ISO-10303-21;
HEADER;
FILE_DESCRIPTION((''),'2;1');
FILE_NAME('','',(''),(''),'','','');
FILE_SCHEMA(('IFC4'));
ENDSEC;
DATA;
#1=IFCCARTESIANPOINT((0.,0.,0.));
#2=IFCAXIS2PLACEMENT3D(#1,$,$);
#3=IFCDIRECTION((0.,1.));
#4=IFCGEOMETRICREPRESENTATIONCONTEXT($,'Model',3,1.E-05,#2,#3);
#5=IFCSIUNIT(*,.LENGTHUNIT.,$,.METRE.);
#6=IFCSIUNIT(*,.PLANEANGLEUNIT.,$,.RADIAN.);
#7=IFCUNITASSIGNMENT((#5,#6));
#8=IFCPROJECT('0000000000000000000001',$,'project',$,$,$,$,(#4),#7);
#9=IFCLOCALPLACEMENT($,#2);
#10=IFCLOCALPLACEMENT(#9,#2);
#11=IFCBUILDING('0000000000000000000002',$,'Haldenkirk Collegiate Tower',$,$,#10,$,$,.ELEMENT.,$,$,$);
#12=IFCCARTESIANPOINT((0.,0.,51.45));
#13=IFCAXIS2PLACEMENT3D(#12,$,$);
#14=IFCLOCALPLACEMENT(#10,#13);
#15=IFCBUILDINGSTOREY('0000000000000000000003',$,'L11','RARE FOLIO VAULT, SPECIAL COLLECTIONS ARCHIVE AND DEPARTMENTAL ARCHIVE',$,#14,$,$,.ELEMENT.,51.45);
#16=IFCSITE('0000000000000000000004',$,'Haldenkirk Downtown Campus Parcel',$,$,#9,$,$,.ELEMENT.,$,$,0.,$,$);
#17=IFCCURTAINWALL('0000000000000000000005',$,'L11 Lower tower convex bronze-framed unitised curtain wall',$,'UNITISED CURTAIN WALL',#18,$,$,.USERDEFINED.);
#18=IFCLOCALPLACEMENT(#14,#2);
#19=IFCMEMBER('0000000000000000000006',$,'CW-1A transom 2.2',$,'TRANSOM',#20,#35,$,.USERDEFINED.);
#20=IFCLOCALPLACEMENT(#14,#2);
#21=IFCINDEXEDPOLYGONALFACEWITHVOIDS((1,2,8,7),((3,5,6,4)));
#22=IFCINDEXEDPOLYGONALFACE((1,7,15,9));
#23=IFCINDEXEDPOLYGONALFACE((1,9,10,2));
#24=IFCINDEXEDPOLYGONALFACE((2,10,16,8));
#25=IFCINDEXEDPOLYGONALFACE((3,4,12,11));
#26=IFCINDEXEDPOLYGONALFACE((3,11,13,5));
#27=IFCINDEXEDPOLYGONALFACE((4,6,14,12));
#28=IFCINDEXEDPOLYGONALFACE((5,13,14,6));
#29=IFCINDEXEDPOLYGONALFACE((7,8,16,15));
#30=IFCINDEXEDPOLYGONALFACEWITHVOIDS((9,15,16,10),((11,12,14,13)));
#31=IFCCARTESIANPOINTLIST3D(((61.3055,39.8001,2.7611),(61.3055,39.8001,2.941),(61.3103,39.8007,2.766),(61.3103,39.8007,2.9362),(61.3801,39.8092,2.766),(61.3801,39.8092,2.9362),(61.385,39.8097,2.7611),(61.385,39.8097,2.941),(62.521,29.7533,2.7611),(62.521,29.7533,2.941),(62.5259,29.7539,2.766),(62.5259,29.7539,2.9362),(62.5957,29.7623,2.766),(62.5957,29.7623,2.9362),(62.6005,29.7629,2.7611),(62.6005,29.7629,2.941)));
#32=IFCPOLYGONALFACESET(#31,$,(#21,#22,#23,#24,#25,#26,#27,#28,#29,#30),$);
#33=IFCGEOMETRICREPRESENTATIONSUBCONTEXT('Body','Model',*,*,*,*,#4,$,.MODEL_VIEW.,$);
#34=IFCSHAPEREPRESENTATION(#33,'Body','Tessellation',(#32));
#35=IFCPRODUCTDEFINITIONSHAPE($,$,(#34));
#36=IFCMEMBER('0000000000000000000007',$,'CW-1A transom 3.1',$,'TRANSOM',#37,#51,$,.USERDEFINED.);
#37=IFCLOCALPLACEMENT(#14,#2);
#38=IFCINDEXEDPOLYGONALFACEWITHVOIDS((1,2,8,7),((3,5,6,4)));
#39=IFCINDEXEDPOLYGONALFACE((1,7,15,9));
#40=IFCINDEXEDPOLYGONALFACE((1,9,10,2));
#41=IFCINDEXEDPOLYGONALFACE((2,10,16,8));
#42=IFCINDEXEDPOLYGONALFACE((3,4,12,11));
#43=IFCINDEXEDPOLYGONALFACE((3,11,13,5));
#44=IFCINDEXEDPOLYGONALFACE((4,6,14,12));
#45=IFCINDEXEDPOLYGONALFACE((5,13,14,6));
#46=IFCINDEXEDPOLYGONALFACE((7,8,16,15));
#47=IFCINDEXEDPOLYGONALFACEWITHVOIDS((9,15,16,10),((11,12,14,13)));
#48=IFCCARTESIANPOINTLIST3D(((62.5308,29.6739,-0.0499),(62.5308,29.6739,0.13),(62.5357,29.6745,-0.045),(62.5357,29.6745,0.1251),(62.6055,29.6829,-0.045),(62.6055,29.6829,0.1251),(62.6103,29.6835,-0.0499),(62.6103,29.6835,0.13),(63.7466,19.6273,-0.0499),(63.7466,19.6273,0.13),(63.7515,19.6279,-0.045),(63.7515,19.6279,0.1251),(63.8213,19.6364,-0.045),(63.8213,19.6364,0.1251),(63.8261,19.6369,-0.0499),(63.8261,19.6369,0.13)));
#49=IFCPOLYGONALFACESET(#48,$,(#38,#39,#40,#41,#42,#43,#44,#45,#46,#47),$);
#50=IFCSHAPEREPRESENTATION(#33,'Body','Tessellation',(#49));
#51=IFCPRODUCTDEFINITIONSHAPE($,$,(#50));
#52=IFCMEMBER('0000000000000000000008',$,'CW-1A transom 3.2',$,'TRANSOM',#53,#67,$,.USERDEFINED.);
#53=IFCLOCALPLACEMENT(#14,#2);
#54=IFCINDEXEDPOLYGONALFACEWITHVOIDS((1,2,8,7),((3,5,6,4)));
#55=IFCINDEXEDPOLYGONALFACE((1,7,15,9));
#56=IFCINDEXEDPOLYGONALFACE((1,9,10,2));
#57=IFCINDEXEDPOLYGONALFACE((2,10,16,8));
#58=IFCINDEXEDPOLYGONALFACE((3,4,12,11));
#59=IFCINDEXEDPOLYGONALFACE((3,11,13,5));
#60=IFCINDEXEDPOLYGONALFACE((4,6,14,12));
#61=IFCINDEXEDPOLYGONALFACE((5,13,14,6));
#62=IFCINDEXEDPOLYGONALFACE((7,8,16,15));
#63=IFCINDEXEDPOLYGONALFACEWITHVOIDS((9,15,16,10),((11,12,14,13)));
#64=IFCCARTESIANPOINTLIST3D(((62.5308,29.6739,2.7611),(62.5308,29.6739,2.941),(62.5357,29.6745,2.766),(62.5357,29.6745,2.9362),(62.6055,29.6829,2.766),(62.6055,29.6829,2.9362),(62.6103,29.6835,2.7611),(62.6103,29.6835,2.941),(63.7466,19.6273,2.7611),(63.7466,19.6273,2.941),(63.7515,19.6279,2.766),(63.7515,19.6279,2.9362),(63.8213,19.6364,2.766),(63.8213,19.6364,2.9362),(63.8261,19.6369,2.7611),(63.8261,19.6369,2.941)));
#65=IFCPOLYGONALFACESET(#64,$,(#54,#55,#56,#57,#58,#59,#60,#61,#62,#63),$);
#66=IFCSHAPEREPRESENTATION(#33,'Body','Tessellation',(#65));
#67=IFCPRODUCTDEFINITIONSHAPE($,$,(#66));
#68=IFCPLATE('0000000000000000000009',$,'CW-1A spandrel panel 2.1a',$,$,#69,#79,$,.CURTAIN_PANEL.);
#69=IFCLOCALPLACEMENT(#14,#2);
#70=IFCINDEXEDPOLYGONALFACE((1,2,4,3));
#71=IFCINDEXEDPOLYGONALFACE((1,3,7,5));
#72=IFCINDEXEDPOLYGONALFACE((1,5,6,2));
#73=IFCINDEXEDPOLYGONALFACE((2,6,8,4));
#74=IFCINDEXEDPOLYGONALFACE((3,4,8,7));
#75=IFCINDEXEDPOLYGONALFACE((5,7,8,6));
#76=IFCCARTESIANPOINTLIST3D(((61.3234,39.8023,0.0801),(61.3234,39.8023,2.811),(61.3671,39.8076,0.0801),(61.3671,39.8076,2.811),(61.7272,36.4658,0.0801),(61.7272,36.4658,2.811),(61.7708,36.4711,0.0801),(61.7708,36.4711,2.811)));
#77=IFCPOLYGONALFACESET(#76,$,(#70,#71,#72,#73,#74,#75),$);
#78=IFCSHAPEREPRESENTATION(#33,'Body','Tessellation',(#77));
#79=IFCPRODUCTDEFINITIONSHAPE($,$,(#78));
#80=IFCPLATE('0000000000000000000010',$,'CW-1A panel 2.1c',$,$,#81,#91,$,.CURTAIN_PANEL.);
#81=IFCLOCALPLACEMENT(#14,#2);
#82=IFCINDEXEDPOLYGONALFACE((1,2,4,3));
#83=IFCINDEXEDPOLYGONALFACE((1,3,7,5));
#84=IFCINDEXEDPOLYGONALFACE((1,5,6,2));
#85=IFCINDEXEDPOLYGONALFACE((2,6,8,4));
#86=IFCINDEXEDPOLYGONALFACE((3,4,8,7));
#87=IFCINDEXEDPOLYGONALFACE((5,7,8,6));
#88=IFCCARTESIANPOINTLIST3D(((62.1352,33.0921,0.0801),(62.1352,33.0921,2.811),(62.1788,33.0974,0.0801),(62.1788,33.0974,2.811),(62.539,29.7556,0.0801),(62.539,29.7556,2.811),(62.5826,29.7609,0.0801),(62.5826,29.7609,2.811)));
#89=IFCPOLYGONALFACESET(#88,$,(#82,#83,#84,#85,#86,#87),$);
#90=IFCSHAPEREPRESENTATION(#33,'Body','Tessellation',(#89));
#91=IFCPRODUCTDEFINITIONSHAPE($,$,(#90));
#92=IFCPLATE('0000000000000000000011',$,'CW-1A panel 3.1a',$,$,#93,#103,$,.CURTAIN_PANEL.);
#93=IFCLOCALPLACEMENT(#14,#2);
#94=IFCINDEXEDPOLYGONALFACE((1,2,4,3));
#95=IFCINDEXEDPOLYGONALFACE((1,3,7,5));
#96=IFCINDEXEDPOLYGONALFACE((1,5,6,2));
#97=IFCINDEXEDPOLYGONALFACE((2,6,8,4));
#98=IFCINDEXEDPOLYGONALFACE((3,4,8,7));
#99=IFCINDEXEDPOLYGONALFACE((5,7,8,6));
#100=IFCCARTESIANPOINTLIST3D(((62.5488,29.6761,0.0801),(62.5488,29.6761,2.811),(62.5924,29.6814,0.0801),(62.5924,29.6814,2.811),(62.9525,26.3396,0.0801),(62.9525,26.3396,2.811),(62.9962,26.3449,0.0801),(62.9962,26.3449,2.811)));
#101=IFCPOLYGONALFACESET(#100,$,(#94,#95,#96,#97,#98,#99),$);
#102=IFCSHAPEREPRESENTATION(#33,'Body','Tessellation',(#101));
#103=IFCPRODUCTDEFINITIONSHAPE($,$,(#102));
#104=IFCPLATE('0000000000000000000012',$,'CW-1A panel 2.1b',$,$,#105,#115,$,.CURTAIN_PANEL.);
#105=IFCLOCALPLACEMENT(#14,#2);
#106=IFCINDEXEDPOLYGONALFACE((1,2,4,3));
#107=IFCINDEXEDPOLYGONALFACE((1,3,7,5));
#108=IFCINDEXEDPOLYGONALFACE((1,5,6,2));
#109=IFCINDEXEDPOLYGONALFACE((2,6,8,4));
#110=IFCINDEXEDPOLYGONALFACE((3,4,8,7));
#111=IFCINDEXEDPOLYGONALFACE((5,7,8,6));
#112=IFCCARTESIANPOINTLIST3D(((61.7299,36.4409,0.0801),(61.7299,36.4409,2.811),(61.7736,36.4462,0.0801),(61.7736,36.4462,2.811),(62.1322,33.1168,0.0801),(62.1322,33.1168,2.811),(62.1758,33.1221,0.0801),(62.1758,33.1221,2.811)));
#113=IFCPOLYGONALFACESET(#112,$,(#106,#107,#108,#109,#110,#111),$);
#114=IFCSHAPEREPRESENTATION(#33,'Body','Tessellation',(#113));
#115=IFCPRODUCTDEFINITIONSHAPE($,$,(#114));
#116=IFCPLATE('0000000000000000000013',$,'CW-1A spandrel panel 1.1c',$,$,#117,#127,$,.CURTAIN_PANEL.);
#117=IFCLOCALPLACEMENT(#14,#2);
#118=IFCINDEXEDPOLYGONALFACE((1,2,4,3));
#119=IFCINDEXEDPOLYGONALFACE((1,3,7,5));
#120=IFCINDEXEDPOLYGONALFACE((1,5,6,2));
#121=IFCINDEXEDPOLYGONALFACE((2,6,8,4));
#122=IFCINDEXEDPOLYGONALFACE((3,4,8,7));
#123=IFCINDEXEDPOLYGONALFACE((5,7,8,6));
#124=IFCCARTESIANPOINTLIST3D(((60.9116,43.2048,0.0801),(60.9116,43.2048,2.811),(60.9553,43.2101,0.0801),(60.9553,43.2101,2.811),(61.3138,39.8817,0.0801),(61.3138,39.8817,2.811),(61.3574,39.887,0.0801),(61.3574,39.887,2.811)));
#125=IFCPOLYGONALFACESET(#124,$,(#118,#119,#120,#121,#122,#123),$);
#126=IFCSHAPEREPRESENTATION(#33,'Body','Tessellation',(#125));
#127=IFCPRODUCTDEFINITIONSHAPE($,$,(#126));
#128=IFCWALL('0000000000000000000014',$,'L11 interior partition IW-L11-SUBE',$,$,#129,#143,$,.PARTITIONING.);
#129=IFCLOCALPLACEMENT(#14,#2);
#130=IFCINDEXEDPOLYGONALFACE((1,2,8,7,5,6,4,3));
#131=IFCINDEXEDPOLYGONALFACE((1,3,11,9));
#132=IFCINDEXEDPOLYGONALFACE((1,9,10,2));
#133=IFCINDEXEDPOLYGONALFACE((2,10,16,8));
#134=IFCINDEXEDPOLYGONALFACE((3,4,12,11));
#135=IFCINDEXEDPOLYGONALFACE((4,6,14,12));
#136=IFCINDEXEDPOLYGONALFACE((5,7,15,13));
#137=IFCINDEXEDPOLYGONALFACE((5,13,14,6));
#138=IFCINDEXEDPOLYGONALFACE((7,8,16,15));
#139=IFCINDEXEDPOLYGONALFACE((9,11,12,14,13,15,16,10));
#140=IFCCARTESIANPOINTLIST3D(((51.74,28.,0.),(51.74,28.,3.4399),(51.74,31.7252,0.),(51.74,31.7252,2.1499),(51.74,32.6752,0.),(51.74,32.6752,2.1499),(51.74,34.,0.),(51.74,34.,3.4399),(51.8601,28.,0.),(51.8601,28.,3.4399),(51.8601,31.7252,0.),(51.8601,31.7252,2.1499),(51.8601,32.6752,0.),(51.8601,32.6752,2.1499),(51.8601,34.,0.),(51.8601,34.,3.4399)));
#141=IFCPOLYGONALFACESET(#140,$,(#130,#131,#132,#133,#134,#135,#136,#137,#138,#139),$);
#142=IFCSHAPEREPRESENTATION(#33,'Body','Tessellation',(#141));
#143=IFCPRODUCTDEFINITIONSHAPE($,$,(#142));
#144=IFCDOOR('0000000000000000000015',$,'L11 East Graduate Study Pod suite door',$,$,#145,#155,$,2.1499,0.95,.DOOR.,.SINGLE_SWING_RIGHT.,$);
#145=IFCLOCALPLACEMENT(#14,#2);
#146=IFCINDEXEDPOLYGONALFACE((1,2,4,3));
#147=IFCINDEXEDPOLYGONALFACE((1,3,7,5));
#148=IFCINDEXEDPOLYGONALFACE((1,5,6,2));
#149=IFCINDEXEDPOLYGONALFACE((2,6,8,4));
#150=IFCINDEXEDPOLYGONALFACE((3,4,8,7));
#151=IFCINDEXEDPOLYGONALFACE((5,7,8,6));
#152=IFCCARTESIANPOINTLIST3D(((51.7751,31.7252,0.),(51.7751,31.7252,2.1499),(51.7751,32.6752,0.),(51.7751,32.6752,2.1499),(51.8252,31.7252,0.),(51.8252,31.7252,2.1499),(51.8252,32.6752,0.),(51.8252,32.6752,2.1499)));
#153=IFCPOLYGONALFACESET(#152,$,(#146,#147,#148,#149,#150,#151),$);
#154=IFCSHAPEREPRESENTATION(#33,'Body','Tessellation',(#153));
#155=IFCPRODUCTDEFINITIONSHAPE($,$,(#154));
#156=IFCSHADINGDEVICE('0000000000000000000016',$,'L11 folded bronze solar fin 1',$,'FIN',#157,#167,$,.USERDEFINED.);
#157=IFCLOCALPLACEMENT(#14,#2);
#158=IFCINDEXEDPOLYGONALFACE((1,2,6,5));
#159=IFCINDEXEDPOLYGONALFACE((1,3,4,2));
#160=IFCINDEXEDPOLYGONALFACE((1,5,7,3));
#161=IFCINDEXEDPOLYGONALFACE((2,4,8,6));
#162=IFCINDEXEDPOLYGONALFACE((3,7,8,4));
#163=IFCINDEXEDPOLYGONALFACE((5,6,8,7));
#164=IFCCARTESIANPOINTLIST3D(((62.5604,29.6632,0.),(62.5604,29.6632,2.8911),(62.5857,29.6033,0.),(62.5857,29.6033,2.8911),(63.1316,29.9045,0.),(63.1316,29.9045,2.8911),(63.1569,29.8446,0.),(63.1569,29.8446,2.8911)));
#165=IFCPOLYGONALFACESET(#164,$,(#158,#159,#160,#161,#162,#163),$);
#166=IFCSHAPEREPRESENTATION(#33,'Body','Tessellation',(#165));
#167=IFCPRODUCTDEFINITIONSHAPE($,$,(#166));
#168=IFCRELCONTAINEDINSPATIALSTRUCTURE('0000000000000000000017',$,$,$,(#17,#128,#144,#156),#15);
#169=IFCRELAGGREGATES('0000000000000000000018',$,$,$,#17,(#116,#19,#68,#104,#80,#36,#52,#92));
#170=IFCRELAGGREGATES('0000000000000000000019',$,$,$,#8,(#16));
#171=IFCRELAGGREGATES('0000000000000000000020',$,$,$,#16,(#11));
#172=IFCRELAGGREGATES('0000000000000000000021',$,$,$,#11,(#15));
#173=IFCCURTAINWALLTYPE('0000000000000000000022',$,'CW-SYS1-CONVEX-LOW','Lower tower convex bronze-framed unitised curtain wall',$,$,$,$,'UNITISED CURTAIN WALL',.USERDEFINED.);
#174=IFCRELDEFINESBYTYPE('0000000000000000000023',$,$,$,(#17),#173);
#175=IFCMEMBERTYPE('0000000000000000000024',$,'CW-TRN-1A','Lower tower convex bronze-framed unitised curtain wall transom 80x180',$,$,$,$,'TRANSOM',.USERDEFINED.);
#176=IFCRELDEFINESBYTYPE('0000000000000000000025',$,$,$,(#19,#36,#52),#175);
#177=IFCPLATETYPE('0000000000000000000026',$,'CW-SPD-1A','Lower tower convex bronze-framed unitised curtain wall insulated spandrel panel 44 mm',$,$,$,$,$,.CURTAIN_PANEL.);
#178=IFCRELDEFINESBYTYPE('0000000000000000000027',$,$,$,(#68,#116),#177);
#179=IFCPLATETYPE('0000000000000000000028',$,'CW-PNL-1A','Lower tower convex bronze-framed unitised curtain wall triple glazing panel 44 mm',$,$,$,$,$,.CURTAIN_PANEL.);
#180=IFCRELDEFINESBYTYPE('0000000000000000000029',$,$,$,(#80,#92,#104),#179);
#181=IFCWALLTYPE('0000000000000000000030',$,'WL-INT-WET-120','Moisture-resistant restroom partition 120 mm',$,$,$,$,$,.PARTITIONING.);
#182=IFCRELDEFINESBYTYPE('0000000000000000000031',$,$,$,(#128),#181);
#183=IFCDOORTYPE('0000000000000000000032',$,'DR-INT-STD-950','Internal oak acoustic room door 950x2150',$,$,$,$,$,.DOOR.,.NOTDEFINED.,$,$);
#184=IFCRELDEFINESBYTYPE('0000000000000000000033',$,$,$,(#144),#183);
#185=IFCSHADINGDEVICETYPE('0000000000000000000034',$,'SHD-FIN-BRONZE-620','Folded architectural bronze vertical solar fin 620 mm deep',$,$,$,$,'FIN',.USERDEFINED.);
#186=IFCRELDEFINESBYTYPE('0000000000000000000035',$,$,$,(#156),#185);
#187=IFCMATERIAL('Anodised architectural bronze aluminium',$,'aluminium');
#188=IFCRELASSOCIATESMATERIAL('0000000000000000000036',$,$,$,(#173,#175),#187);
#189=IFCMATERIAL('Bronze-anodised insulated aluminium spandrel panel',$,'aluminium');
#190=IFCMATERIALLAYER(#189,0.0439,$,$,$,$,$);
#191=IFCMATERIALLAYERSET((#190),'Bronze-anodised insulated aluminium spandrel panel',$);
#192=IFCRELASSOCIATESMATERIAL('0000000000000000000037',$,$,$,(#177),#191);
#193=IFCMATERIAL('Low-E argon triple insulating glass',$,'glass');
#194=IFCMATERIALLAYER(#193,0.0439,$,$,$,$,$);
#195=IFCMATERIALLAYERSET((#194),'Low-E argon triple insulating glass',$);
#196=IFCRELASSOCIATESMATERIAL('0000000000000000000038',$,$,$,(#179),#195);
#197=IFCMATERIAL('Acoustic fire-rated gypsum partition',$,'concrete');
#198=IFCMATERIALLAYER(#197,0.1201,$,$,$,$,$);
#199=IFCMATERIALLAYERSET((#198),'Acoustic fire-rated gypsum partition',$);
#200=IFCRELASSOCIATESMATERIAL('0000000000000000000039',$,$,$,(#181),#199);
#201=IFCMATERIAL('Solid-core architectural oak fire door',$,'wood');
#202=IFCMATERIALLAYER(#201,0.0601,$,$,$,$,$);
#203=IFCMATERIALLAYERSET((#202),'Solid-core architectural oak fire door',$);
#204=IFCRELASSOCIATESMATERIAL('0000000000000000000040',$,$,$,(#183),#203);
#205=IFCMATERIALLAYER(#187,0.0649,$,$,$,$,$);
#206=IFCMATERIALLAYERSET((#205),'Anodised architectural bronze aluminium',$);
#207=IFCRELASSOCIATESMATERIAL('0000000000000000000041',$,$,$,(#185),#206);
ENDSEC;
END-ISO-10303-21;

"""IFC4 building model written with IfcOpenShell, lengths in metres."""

from ifc_helpers import new_model, si_unit, direction, frame, frame_2d, origin, origin_2d, place, context, subcontext, project, spatial, rectangle, hollow_rectangle, extrude, source, transform, mapped, material, layer, layer_set, material_profile, profile_set, type_object, element, fill, aggregate, save


model = new_model("IFC4")

# Units and contexts
model_context = context("Model", 3, precision=1e-05, world=origin(), true_north=direction((0.0, 1.0)))
body_context = subcontext(model_context, "Body", "Model", "MODEL_VIEW")
ifc_project = project(units=[si_unit("LENGTHUNIT", "METRE"), si_unit("PLANEANGLEUNIT", "RADIAN")], contexts=[model_context])

# Site, building, storey
site_placement = place(None, origin())
site = spatial("IfcSite", under=ifc_project, at=site_placement, Name="Haldenkirk Downtown Campus Parcel", CompositionType="ELEMENT", RefElevation=0.0)
building_placement = place(site_placement, origin())
building = spatial("IfcBuilding", under=site, at=building_placement, Name="Haldenkirk Collegiate Tower", CompositionType="ELEMENT")
storey_placement = place(building_placement, frame((0.0, 0.0, 51.45)))
storey = spatial("IfcBuildingStorey", under=building, at=storey_placement, Name="L11", Description="RARE FOLIO VAULT, SPECIAL COLLECTIONS ARCHIVE AND DEPARTMENTAL ARCHIVE", CompositionType="ELEMENT", Elevation=51.45)

# Curtain wall, members, plates
ifc_material_1 = material(Name="Anodised architectural bronze aluminium", Category="aluminium")
curtain_wall_type = type_object("IfcCurtainWallType", Name="CW-SYS1-CONVEX-LOW", Description="Lower tower convex bronze-framed unitised curtain wall", ElementType="UNITISED CURTAIN WALL", PredefinedType="USERDEFINED", material=ifc_material_1)
curtain_wall_placement = place(storey_placement, origin())
curtain_wall = element("IfcCurtainWall", 1, at=curtain_wall_placement, inside=storey, type_object=curtain_wall_type, Name="L11 Lower tower convex bronze-framed unitised curtain wall", ObjectType="UNITISED CURTAIN WALL", PredefinedType="USERDEFINED")
ifc_material_profile_1 = material_profile(ifc_material_1, hollow_rectangle(XDim=0.0801, YDim=0.1799, WallThickness=0.0049, at=origin_2d()), Name="CW-TRN-1A")
ifc_profile_set_1 = profile_set([ifc_material_profile_1], Name="Anodised architectural bronze aluminium")
member_type_1 = type_object("IfcMemberType", Name="CW-TRN-1A", Description="Lower tower convex bronze-framed unitised curtain wall transom 80x180", ElementType="TRANSOM", PredefinedType="USERDEFINED", material=ifc_profile_set_1)
member_1_placement = place(storey_placement, frame((61.3452, 39.8049, 2.8511), z_axis=(0.120115, -0.99276, 0.0), x_axis=(0.99276, 0.120115, 0.0)))
member_1 = element("IfcMember", 2, at=member_1_placement, type_object=member_type_1, Name="CW-1A transom 2.2", ObjectType="TRANSOM", PredefinedType="USERDEFINED", context=body_context, shape_type="SweptSolid", body=[
    extrude(hollow_rectangle(XDim=0.0801, YDim=0.1799, WallThickness=0.0049, at=origin_2d()), origin(), (0.0, 0.0, 1.0), 10.1201),
])
member_2_placement = place(storey_placement, frame((62.5706, 29.6787, 0.04), z_axis=(0.120141, -0.992757, 0.0), x_axis=(0.992757, 0.120141, 0.0)))
member_2 = element("IfcMember", 3, at=member_2_placement, type_object=member_type_1, Name="CW-1A transom 3.1", ObjectType="TRANSOM", PredefinedType="USERDEFINED", context=body_context, shape_type="SweptSolid", body=[
    extrude(hollow_rectangle(XDim=0.0801, YDim=0.1799, WallThickness=0.0049, at=origin_2d()), origin(), (0.0, 0.0, 1.0), 10.1199),
])
member_3_placement = place(storey_placement, frame((62.5706, 29.6787, 2.8511), z_axis=(0.120141, -0.992757, 0.0), x_axis=(0.992757, 0.120141, 0.0)))
member_3 = element("IfcMember", 4, at=member_3_placement, type_object=member_type_1, Name="CW-1A transom 3.2", ObjectType="TRANSOM", PredefinedType="USERDEFINED", context=body_context, shape_type="SweptSolid", body=[
    extrude(hollow_rectangle(XDim=0.0801, YDim=0.1799, WallThickness=0.0049, at=origin_2d()), origin(), (0.0, 0.0, 1.0), 10.1199),
])
ifc_material_2 = material(Name="Bronze-anodised insulated aluminium spandrel panel", Category="aluminium")
ifc_layer_1 = layer(ifc_material_2, 0.0439)
ifc_layer_set_1 = layer_set([ifc_layer_1], Name="Bronze-anodised insulated aluminium spandrel panel")
plate_type_1 = type_object("IfcPlateType", Name="CW-SPD-1A", Description="Lower tower convex bronze-framed unitised curtain wall insulated spandrel panel 44 mm", PredefinedType="CURTAIN_PANEL", material=ifc_layer_set_1)
shared_shape_1 = source(origin(), body_context, "Body", "SweptSolid", [
    extrude(rectangle(XDim=3.3608, YDim=0.0439, at=origin_2d()), origin(), (0.0, 0.0, 1.0), 2.731),
])
plate_1_placement = place(storey_placement, frame((61.5471, 38.1367, 0.0801), z_axis=(0.0, 0.0, 1.0), x_axis=(0.120137, -0.992757, 0.0)))
plate_1 = element("IfcPlate", 5, at=plate_1_placement, type_object=plate_type_1, Name="CW-1A spandrel panel 2.1a", PredefinedType="CURTAIN_PANEL", context=body_context, shape_type="MappedRepresentation", body=[
    mapped(shared_shape_1, transform((0.0, 0.0, 0.0), x_axis=(1.0, 0.0, 0.0), y_axis=(0.0, 1.0, 0.0), z_axis=(0.0, 0.0, 1.0), scale=1.0)),
])
ifc_material_3 = material(Name="Low-E argon triple insulating glass", Category="glass")
ifc_layer_2 = layer(ifc_material_3, 0.0439)
ifc_layer_set_2 = layer_set([ifc_layer_2], Name="Low-E argon triple insulating glass")
plate_type_2 = type_object("IfcPlateType", Name="CW-PNL-1A", Description="Lower tower convex bronze-framed unitised curtain wall triple glazing panel 44 mm", PredefinedType="CURTAIN_PANEL", material=ifc_layer_set_2)
plate_2_placement = place(storey_placement, frame((62.3589, 31.4265, 0.0801), z_axis=(0.0, 0.0, 1.0), x_axis=(0.120137, -0.992757, 0.0)))
plate_2 = element("IfcPlate", 6, at=plate_2_placement, type_object=plate_type_2, Name="CW-1A panel 2.1c", PredefinedType="CURTAIN_PANEL", context=body_context, shape_type="MappedRepresentation", body=[
    mapped(shared_shape_1, transform((0.0, 0.0, 0.0), x_axis=(1.0, 0.0, 0.0), y_axis=(0.0, 1.0, 0.0), z_axis=(0.0, 0.0, 1.0), scale=1.0)),
])
plate_3_placement = place(storey_placement, frame((62.7725, 28.0105, 0.0801), z_axis=(0.0, 0.0, 1.0), x_axis=(0.120137, -0.992757, 0.0)))
plate_3 = element("IfcPlate", 7, at=plate_3_placement, type_object=plate_type_2, Name="CW-1A panel 3.1a", PredefinedType="CURTAIN_PANEL", context=body_context, shape_type="MappedRepresentation", body=[
    mapped(shared_shape_1, transform((0.0, 0.0, 0.0), x_axis=(1.0, 0.0, 0.0), y_axis=(0.0, 1.0, 0.0), z_axis=(0.0, 0.0, 1.0), scale=1.0)),
])
shared_shape_2 = source(origin(), body_context, "Body", "SweptSolid", [
    extrude(rectangle(XDim=3.3484, YDim=0.0439, at=origin_2d()), origin(), (0.0, 0.0, 1.0), 2.731),
])
plate_4_placement = place(storey_placement, frame((61.9529, 34.7815, 0.0801), z_axis=(0.0, 0.0, 1.0), x_axis=(0.120137, -0.992757, 0.0)))
plate_4 = element("IfcPlate", 8, at=plate_4_placement, type_object=plate_type_2, Name="CW-1A panel 2.1b", PredefinedType="CURTAIN_PANEL", context=body_context, shape_type="MappedRepresentation", body=[
    mapped(shared_shape_2, transform((0.0, 0.0, 0.0), x_axis=(1.0, 0.0, 0.0), y_axis=(0.0, 1.0, 0.0), z_axis=(0.0, 0.0, 1.0), scale=1.0)),
])
shared_shape_3 = source(origin(), body_context, "Body", "SweptSolid", [
    extrude(rectangle(XDim=3.3474, YDim=0.0439, at=origin_2d()), origin(), (0.0, 0.0, 1.0), 2.731),
])
plate_5_placement = place(storey_placement, frame((61.1345, 41.5459, 0.0801), z_axis=(0.0, 0.0, 1.0), x_axis=(0.120137, -0.992757, 0.0)))
plate_5 = element("IfcPlate", 9, at=plate_5_placement, type_object=plate_type_1, Name="CW-1A spandrel panel 1.1c", PredefinedType="CURTAIN_PANEL", context=body_context, shape_type="MappedRepresentation", body=[
    mapped(shared_shape_3, transform((0.0, 0.0, 0.0), x_axis=(1.0, 0.0, 0.0), y_axis=(0.0, 1.0, 0.0), z_axis=(0.0, 0.0, 1.0), scale=1.0)),
])
aggregate(curtain_wall, [plate_5, member_1, plate_1, plate_4, plate_2, member_2, member_3, plate_3])

# Wall, opening, door
ifc_material_4 = material(Name="Acoustic fire-rated gypsum partition", Category="concrete")
ifc_layer_3 = layer(ifc_material_4, 0.1201)
ifc_layer_set_3 = layer_set([ifc_layer_3], Name="Acoustic fire-rated gypsum partition")
wall_type = type_object("IfcWallType", Name="WL-INT-WET-120", Description="Moisture-resistant restroom partition 120 mm", PredefinedType="PARTITIONING", material=ifc_layer_set_3)
wall_placement = place(storey_placement, frame((51.8, 28.0, 0.0), z_axis=(0.0, 0.0, 1.0), x_axis=(0.0, 1.0, 0.0)))
wall = element("IfcWall", 10, at=wall_placement, inside=storey, type_object=wall_type, Name="L11 interior partition IW-L11-SUBE", PredefinedType="PARTITIONING", context=body_context, shape_type="SweptSolid", body=[
    extrude(rectangle(XDim=6.0, YDim=0.1201, at=frame_2d((3.0, 0.0))), origin(), (0.0, 0.0, 1.0), 3.4399),
])
opening_placement = place(wall_placement, frame((3.7251, 0.0, 0.0)))
opening = element("IfcOpeningElement", 11, at=opening_placement, cuts=wall, PredefinedType="OPENING", context=body_context, shape_type="SweptSolid", body=[
    extrude(rectangle(XDim=0.95, YDim=2.1499, at=frame_2d((0.4751, 1.075))), frame((0.0, 0.0701, 0.0), z_axis=(0.0, -1.0, 0.0), x_axis=(1.0, 0.0, 0.0)), (0.0, 0.0, 1.0), 0.1401),
])
ifc_material_5 = material(Name="Solid-core architectural oak fire door", Category="wood")
ifc_layer_4 = layer(ifc_material_5, 0.0601)
ifc_layer_set_4 = layer_set([ifc_layer_4], Name="Solid-core architectural oak fire door")
door_type = type_object("IfcDoorType", Name="DR-INT-STD-950", Description="Internal oak acoustic room door 950x2150", OperationType="NOTDEFINED", PredefinedType="DOOR", material=ifc_layer_set_4)
door_placement = place(opening_placement, origin())
door = element("IfcDoor", 12, at=door_placement, inside=storey, type_object=door_type, Name="L11 East Graduate Study Pod suite door", OperationType="SINGLE_SWING_RIGHT", OverallHeight=2.1499, OverallWidth=0.95, PredefinedType="DOOR", context=body_context, shape_type="SweptSolid", body=[
    extrude(rectangle(XDim=0.95, YDim=2.1499, at=frame_2d((0.4751, 1.075))), frame((0.0, 0.0249, 0.0), z_axis=(0.0, -1.0, 0.0), x_axis=(1.0, 0.0, 0.0)), (0.0, 0.0, 1.0), 0.05),
])
fill(opening, door)

# Shading device
ifc_layer_5 = layer(ifc_material_1, 0.0649)
ifc_layer_set_5 = layer_set([ifc_layer_5], Name="Anodised architectural bronze aluminium")
shading_device_type = type_object("IfcShadingDeviceType", Name="SHD-FIN-BRONZE-620", Description="Folded architectural bronze vertical solar fin 620 mm deep", ElementType="FIN", PredefinedType="USERDEFINED", material=ifc_layer_set_5)
shared_shape_4 = source(origin(), body_context, "Body", "SweptSolid", [
    extrude(rectangle(XDim=0.6201, YDim=0.0649, at=origin_2d()), origin(), (0.0, 0.0, 1.0), 2.8911),
])
shading_device_placement = place(storey_placement, frame((62.8586, 29.7539, 0.0), z_axis=(0.0, 0.0, 1.0), x_axis=(0.921185, 0.389124, 0.0)))
element("IfcShadingDevice", 13, at=shading_device_placement, inside=storey, type_object=shading_device_type, Name="L11 folded bronze solar fin 1", ObjectType="FIN", PredefinedType="USERDEFINED", context=body_context, shape_type="MappedRepresentation", body=[
    mapped(shared_shape_4, transform((0.0, 0.0, 0.0), x_axis=(1.0, 0.0, 0.0), y_axis=(0.0, 1.0, 0.0), z_axis=(0.0, 0.0, 1.0), scale=1.0)),
])

save(model, "model.ifc")
